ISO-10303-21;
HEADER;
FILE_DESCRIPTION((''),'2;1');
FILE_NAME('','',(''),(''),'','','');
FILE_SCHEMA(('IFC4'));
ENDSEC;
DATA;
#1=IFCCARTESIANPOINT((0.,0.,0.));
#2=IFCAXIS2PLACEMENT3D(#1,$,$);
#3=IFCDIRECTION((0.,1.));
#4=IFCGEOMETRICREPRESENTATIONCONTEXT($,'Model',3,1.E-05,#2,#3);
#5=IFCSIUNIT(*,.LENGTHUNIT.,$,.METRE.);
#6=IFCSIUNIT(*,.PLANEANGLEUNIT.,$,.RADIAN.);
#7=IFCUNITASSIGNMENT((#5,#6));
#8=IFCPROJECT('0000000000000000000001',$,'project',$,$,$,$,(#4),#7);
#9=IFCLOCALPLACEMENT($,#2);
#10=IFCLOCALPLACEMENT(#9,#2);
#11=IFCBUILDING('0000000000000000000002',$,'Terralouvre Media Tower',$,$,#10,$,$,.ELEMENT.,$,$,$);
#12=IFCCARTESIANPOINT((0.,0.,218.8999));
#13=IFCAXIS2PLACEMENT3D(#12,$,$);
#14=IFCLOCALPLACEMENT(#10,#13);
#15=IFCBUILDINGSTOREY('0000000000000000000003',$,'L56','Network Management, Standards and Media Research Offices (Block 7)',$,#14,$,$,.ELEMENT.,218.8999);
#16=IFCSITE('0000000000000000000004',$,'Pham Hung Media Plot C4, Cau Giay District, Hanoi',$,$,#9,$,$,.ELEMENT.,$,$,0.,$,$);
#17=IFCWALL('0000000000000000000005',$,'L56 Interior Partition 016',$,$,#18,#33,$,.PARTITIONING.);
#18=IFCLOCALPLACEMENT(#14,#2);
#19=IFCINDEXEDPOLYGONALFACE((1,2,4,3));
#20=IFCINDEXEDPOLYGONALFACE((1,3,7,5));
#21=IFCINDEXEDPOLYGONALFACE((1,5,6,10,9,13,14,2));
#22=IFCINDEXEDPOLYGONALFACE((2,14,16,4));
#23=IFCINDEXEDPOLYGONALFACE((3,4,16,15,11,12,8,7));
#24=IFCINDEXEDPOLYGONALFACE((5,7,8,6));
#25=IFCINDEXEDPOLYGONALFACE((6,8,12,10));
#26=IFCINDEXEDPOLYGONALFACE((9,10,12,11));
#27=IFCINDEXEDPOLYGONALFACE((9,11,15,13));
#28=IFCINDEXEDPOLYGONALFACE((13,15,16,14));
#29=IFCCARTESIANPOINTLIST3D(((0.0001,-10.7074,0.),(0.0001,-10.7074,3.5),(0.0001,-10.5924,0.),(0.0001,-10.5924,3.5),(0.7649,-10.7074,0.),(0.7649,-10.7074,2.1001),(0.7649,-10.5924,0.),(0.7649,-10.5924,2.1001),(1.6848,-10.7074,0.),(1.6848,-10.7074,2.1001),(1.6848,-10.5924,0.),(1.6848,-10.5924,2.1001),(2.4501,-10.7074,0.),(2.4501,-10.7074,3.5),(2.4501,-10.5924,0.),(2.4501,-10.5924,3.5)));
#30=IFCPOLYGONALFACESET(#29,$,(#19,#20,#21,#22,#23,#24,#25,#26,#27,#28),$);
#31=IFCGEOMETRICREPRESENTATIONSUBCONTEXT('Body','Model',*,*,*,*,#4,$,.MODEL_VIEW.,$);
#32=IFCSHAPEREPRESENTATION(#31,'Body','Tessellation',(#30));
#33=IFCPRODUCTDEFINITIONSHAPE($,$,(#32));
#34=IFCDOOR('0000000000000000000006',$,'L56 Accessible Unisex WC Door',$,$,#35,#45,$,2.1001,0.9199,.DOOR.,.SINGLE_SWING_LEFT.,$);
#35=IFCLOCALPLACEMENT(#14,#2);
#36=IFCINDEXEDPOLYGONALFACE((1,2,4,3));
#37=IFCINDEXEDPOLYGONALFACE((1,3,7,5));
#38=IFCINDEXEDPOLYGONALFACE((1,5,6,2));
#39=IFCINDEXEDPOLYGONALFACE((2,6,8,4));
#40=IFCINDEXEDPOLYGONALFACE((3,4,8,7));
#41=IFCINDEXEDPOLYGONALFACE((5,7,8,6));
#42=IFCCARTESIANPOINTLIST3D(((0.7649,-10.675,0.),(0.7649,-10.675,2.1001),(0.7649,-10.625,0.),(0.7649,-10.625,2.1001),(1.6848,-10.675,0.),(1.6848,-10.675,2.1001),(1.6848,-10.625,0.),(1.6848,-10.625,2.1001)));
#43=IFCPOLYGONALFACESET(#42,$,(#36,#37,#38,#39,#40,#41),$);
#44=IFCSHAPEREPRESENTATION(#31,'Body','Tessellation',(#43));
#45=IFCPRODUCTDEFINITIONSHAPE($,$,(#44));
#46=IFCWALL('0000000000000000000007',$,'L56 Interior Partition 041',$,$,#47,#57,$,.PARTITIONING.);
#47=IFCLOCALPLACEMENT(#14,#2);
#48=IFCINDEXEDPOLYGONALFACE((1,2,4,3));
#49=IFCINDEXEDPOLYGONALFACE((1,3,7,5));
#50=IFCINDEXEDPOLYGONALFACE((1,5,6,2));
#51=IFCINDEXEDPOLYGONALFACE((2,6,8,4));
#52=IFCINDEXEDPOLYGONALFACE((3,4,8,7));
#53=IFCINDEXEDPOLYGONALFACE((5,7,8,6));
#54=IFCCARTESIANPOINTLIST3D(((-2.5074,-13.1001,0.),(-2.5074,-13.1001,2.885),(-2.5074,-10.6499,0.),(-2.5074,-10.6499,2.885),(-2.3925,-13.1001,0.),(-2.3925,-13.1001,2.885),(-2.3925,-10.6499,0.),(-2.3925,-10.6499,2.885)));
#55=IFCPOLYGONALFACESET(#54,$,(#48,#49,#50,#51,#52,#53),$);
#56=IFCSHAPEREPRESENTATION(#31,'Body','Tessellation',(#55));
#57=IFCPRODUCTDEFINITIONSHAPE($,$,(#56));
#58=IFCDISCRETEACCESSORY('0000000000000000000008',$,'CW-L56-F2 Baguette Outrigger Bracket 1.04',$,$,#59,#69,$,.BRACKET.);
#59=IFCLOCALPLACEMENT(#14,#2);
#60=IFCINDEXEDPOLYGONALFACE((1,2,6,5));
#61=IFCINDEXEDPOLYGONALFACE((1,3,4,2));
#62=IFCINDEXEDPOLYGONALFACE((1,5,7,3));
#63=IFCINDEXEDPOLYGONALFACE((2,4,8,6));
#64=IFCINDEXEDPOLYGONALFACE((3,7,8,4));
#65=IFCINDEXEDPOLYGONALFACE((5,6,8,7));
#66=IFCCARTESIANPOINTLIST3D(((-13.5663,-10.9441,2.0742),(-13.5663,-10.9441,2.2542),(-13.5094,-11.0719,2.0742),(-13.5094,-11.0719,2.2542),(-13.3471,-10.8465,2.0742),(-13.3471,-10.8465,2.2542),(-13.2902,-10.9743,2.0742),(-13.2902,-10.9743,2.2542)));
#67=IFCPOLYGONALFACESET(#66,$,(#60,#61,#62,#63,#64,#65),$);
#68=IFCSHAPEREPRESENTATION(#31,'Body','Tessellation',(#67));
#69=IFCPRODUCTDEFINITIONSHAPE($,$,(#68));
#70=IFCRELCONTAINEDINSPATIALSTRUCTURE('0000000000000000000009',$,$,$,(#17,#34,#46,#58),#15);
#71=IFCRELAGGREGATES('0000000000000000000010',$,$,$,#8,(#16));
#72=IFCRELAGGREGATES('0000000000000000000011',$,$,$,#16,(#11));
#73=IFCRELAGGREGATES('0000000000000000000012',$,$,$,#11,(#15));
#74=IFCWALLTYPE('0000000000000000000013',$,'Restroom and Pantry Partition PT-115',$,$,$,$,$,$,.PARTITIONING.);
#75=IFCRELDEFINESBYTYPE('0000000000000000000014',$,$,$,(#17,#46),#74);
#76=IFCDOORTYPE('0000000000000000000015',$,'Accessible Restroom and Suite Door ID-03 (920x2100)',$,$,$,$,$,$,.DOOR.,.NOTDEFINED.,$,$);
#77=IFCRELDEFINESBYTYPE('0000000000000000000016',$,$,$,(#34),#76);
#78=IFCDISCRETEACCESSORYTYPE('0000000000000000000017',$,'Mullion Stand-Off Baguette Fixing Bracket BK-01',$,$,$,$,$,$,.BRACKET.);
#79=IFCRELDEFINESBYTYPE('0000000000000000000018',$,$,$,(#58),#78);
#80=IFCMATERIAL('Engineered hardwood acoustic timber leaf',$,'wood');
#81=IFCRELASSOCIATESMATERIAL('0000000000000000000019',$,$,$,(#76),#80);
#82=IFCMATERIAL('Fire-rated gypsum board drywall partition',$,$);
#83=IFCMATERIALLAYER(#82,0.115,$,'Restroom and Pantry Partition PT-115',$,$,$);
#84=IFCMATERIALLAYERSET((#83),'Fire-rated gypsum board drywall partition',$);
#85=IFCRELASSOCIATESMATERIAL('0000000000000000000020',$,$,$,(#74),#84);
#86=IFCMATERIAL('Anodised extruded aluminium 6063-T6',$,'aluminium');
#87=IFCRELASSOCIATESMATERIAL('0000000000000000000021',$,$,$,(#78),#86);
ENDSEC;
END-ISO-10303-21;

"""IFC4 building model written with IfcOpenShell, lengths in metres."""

from ifc_helpers import new_model, si_unit, direction, frame, frame_2d, origin, origin_2d, place, context, subcontext, project, spatial, rectangle, extrude, material, layer, layer_set, type_object, element, fill, save


model = new_model("IFC4")

# Units and contexts
model_context = context("Model", 3, precision=1e-05, world=origin(), true_north=direction((0.0, 1.0)))
body_context = subcontext(model_context, "Body", "Model", "MODEL_VIEW")
ifc_project = project(units=[si_unit("LENGTHUNIT", "METRE"), si_unit("PLANEANGLEUNIT", "RADIAN")], contexts=[model_context])

# Site, building, storey
site_placement = place(None, origin())
site = spatial("IfcSite", under=ifc_project, at=site_placement, Name="Pham Hung Media Plot C4, Cau Giay District, Hanoi", CompositionType="ELEMENT", RefElevation=0.0)
building_placement = place(site_placement, origin())
building = spatial("IfcBuilding", under=site, at=building_placement, Name="Terralouvre Media Tower", CompositionType="ELEMENT")
storey_placement = place(building_placement, frame((0.0, 0.0, 218.8999)))
storey = spatial("IfcBuildingStorey", under=building, at=storey_placement, Name="L56", Description="Network Management, Standards and Media Research Offices (Block 7)", CompositionType="ELEMENT", Elevation=218.8999)

# Wall, opening, door
ifc_material_1 = material(Name="Engineered hardwood acoustic timber leaf", Category="wood")
door_type_1 = type_object("IfcDoorType", Name="Accessible Restroom and Suite Door ID-03 (920x2100)", OperationType="NOTDEFINED", PredefinedType="DOOR", material=ifc_material_1)
ifc_material_2 = material(Name="Fire-rated gypsum board drywall partition")
ifc_layer_1 = layer(ifc_material_2, 0.115, Name="Restroom and Pantry Partition PT-115")
ifc_layer_set_1 = layer_set([ifc_layer_1], Name="Fire-rated gypsum board drywall partition")
wall_type_1 = type_object("IfcWallType", Name="Restroom and Pantry Partition PT-115", PredefinedType="PARTITIONING", material=ifc_layer_set_1)
wall_1_placement = place(storey_placement, frame((0.0, -10.6499, 0.0), z_axis=(0.0, 0.0, 1.0), x_axis=(1.0, 0.0, 0.0)))
wall_1 = element("IfcWall", 1, at=wall_1_placement, inside=storey, type_object=wall_type_1, Name="L56 Interior Partition 016", PredefinedType="PARTITIONING", context=body_context, shape_type="SweptSolid", body=[
    extrude(rectangle(XDim=2.45, YDim=0.115, at=frame_2d((1.2251, 0.0))), origin(), (0.0, 0.0, 1.0), 3.5),
])
opening_1_placement = place(wall_1_placement, frame((0.7649, 0.0, 0.0)))
opening_1 = element("IfcOpeningElement", 2, at=opening_1_placement, cuts=wall_1, PredefinedType="OPENING", context=body_context, shape_type="SweptSolid", body=[
    extrude(rectangle(XDim=0.9199, YDim=2.1001, at=frame_2d((0.46, 1.05))), frame((0.0, 0.0674, 0.0), z_axis=(0.0, -1.0, 0.0), x_axis=(1.0, 0.0, 0.0)), (0.0, 0.0, 1.0), 0.135),
])
door_1_placement = place(opening_1_placement, origin())
door_1 = element("IfcDoor", 3, at=door_1_placement, inside=storey, type_object=door_type_1, Name="L56 Accessible Unisex WC Door", OperationType="SINGLE_SWING_LEFT", OverallHeight=2.1001, OverallWidth=0.9199, PredefinedType="DOOR", context=body_context, shape_type="SweptSolid", body=[
    extrude(rectangle(XDim=0.9199, YDim=2.1001, at=frame_2d((0.46, 1.05))), frame((0.0, 0.0249, 0.0), z_axis=(0.0, -1.0, 0.0), x_axis=(1.0, 0.0, 0.0)), (0.0, 0.0, 1.0), 0.05),
])
fill(opening_1, door_1)

# Wall
wall_2_placement = place(storey_placement, frame((-2.45, -13.1001, 0.0), z_axis=(0.0, 0.0, 1.0), x_axis=(0.0, 1.0, 0.0)))
element("IfcWall", 4, at=wall_2_placement, inside=storey, type_object=wall_type_1, Name="L56 Interior Partition 041", PredefinedType="PARTITIONING", context=body_context, shape_type="SweptSolid", body=[
    extrude(rectangle(XDim=2.4502, YDim=0.115, at=frame_2d((1.2251, 0.0))), origin(), (0.0, 0.0, 1.0), 2.885),
])

# Discrete accessory
ifc_material_3 = material(Name="Anodised extruded aluminium 6063-T6", Category="aluminium")
discrete_accessory_type = type_object("IfcDiscreteAccessoryType", Name="Mullion Stand-Off Baguette Fixing Bracket BK-01", PredefinedType="BRACKET", material=ifc_material_3)
discrete_accessory_placement = place(storey_placement, frame((-13.4282, -10.9592, 2.0742), z_axis=(0.0, 0.0, 1.0), x_axis=(0.406737, -0.913545, 0.0)))
element("IfcDiscreteAccessory", 5, at=discrete_accessory_placement, inside=storey, type_object=discrete_accessory_type, Name="CW-L56-F2 Baguette Outrigger Bracket 1.04", PredefinedType="BRACKET", context=body_context, shape_type="SweptSolid", body=[
    extrude(rectangle(XDim=0.1399, YDim=0.24, at=origin_2d()), origin(), (0.0, 0.0, 1.0), 0.1799),
])

save(model, "model.ifc")
